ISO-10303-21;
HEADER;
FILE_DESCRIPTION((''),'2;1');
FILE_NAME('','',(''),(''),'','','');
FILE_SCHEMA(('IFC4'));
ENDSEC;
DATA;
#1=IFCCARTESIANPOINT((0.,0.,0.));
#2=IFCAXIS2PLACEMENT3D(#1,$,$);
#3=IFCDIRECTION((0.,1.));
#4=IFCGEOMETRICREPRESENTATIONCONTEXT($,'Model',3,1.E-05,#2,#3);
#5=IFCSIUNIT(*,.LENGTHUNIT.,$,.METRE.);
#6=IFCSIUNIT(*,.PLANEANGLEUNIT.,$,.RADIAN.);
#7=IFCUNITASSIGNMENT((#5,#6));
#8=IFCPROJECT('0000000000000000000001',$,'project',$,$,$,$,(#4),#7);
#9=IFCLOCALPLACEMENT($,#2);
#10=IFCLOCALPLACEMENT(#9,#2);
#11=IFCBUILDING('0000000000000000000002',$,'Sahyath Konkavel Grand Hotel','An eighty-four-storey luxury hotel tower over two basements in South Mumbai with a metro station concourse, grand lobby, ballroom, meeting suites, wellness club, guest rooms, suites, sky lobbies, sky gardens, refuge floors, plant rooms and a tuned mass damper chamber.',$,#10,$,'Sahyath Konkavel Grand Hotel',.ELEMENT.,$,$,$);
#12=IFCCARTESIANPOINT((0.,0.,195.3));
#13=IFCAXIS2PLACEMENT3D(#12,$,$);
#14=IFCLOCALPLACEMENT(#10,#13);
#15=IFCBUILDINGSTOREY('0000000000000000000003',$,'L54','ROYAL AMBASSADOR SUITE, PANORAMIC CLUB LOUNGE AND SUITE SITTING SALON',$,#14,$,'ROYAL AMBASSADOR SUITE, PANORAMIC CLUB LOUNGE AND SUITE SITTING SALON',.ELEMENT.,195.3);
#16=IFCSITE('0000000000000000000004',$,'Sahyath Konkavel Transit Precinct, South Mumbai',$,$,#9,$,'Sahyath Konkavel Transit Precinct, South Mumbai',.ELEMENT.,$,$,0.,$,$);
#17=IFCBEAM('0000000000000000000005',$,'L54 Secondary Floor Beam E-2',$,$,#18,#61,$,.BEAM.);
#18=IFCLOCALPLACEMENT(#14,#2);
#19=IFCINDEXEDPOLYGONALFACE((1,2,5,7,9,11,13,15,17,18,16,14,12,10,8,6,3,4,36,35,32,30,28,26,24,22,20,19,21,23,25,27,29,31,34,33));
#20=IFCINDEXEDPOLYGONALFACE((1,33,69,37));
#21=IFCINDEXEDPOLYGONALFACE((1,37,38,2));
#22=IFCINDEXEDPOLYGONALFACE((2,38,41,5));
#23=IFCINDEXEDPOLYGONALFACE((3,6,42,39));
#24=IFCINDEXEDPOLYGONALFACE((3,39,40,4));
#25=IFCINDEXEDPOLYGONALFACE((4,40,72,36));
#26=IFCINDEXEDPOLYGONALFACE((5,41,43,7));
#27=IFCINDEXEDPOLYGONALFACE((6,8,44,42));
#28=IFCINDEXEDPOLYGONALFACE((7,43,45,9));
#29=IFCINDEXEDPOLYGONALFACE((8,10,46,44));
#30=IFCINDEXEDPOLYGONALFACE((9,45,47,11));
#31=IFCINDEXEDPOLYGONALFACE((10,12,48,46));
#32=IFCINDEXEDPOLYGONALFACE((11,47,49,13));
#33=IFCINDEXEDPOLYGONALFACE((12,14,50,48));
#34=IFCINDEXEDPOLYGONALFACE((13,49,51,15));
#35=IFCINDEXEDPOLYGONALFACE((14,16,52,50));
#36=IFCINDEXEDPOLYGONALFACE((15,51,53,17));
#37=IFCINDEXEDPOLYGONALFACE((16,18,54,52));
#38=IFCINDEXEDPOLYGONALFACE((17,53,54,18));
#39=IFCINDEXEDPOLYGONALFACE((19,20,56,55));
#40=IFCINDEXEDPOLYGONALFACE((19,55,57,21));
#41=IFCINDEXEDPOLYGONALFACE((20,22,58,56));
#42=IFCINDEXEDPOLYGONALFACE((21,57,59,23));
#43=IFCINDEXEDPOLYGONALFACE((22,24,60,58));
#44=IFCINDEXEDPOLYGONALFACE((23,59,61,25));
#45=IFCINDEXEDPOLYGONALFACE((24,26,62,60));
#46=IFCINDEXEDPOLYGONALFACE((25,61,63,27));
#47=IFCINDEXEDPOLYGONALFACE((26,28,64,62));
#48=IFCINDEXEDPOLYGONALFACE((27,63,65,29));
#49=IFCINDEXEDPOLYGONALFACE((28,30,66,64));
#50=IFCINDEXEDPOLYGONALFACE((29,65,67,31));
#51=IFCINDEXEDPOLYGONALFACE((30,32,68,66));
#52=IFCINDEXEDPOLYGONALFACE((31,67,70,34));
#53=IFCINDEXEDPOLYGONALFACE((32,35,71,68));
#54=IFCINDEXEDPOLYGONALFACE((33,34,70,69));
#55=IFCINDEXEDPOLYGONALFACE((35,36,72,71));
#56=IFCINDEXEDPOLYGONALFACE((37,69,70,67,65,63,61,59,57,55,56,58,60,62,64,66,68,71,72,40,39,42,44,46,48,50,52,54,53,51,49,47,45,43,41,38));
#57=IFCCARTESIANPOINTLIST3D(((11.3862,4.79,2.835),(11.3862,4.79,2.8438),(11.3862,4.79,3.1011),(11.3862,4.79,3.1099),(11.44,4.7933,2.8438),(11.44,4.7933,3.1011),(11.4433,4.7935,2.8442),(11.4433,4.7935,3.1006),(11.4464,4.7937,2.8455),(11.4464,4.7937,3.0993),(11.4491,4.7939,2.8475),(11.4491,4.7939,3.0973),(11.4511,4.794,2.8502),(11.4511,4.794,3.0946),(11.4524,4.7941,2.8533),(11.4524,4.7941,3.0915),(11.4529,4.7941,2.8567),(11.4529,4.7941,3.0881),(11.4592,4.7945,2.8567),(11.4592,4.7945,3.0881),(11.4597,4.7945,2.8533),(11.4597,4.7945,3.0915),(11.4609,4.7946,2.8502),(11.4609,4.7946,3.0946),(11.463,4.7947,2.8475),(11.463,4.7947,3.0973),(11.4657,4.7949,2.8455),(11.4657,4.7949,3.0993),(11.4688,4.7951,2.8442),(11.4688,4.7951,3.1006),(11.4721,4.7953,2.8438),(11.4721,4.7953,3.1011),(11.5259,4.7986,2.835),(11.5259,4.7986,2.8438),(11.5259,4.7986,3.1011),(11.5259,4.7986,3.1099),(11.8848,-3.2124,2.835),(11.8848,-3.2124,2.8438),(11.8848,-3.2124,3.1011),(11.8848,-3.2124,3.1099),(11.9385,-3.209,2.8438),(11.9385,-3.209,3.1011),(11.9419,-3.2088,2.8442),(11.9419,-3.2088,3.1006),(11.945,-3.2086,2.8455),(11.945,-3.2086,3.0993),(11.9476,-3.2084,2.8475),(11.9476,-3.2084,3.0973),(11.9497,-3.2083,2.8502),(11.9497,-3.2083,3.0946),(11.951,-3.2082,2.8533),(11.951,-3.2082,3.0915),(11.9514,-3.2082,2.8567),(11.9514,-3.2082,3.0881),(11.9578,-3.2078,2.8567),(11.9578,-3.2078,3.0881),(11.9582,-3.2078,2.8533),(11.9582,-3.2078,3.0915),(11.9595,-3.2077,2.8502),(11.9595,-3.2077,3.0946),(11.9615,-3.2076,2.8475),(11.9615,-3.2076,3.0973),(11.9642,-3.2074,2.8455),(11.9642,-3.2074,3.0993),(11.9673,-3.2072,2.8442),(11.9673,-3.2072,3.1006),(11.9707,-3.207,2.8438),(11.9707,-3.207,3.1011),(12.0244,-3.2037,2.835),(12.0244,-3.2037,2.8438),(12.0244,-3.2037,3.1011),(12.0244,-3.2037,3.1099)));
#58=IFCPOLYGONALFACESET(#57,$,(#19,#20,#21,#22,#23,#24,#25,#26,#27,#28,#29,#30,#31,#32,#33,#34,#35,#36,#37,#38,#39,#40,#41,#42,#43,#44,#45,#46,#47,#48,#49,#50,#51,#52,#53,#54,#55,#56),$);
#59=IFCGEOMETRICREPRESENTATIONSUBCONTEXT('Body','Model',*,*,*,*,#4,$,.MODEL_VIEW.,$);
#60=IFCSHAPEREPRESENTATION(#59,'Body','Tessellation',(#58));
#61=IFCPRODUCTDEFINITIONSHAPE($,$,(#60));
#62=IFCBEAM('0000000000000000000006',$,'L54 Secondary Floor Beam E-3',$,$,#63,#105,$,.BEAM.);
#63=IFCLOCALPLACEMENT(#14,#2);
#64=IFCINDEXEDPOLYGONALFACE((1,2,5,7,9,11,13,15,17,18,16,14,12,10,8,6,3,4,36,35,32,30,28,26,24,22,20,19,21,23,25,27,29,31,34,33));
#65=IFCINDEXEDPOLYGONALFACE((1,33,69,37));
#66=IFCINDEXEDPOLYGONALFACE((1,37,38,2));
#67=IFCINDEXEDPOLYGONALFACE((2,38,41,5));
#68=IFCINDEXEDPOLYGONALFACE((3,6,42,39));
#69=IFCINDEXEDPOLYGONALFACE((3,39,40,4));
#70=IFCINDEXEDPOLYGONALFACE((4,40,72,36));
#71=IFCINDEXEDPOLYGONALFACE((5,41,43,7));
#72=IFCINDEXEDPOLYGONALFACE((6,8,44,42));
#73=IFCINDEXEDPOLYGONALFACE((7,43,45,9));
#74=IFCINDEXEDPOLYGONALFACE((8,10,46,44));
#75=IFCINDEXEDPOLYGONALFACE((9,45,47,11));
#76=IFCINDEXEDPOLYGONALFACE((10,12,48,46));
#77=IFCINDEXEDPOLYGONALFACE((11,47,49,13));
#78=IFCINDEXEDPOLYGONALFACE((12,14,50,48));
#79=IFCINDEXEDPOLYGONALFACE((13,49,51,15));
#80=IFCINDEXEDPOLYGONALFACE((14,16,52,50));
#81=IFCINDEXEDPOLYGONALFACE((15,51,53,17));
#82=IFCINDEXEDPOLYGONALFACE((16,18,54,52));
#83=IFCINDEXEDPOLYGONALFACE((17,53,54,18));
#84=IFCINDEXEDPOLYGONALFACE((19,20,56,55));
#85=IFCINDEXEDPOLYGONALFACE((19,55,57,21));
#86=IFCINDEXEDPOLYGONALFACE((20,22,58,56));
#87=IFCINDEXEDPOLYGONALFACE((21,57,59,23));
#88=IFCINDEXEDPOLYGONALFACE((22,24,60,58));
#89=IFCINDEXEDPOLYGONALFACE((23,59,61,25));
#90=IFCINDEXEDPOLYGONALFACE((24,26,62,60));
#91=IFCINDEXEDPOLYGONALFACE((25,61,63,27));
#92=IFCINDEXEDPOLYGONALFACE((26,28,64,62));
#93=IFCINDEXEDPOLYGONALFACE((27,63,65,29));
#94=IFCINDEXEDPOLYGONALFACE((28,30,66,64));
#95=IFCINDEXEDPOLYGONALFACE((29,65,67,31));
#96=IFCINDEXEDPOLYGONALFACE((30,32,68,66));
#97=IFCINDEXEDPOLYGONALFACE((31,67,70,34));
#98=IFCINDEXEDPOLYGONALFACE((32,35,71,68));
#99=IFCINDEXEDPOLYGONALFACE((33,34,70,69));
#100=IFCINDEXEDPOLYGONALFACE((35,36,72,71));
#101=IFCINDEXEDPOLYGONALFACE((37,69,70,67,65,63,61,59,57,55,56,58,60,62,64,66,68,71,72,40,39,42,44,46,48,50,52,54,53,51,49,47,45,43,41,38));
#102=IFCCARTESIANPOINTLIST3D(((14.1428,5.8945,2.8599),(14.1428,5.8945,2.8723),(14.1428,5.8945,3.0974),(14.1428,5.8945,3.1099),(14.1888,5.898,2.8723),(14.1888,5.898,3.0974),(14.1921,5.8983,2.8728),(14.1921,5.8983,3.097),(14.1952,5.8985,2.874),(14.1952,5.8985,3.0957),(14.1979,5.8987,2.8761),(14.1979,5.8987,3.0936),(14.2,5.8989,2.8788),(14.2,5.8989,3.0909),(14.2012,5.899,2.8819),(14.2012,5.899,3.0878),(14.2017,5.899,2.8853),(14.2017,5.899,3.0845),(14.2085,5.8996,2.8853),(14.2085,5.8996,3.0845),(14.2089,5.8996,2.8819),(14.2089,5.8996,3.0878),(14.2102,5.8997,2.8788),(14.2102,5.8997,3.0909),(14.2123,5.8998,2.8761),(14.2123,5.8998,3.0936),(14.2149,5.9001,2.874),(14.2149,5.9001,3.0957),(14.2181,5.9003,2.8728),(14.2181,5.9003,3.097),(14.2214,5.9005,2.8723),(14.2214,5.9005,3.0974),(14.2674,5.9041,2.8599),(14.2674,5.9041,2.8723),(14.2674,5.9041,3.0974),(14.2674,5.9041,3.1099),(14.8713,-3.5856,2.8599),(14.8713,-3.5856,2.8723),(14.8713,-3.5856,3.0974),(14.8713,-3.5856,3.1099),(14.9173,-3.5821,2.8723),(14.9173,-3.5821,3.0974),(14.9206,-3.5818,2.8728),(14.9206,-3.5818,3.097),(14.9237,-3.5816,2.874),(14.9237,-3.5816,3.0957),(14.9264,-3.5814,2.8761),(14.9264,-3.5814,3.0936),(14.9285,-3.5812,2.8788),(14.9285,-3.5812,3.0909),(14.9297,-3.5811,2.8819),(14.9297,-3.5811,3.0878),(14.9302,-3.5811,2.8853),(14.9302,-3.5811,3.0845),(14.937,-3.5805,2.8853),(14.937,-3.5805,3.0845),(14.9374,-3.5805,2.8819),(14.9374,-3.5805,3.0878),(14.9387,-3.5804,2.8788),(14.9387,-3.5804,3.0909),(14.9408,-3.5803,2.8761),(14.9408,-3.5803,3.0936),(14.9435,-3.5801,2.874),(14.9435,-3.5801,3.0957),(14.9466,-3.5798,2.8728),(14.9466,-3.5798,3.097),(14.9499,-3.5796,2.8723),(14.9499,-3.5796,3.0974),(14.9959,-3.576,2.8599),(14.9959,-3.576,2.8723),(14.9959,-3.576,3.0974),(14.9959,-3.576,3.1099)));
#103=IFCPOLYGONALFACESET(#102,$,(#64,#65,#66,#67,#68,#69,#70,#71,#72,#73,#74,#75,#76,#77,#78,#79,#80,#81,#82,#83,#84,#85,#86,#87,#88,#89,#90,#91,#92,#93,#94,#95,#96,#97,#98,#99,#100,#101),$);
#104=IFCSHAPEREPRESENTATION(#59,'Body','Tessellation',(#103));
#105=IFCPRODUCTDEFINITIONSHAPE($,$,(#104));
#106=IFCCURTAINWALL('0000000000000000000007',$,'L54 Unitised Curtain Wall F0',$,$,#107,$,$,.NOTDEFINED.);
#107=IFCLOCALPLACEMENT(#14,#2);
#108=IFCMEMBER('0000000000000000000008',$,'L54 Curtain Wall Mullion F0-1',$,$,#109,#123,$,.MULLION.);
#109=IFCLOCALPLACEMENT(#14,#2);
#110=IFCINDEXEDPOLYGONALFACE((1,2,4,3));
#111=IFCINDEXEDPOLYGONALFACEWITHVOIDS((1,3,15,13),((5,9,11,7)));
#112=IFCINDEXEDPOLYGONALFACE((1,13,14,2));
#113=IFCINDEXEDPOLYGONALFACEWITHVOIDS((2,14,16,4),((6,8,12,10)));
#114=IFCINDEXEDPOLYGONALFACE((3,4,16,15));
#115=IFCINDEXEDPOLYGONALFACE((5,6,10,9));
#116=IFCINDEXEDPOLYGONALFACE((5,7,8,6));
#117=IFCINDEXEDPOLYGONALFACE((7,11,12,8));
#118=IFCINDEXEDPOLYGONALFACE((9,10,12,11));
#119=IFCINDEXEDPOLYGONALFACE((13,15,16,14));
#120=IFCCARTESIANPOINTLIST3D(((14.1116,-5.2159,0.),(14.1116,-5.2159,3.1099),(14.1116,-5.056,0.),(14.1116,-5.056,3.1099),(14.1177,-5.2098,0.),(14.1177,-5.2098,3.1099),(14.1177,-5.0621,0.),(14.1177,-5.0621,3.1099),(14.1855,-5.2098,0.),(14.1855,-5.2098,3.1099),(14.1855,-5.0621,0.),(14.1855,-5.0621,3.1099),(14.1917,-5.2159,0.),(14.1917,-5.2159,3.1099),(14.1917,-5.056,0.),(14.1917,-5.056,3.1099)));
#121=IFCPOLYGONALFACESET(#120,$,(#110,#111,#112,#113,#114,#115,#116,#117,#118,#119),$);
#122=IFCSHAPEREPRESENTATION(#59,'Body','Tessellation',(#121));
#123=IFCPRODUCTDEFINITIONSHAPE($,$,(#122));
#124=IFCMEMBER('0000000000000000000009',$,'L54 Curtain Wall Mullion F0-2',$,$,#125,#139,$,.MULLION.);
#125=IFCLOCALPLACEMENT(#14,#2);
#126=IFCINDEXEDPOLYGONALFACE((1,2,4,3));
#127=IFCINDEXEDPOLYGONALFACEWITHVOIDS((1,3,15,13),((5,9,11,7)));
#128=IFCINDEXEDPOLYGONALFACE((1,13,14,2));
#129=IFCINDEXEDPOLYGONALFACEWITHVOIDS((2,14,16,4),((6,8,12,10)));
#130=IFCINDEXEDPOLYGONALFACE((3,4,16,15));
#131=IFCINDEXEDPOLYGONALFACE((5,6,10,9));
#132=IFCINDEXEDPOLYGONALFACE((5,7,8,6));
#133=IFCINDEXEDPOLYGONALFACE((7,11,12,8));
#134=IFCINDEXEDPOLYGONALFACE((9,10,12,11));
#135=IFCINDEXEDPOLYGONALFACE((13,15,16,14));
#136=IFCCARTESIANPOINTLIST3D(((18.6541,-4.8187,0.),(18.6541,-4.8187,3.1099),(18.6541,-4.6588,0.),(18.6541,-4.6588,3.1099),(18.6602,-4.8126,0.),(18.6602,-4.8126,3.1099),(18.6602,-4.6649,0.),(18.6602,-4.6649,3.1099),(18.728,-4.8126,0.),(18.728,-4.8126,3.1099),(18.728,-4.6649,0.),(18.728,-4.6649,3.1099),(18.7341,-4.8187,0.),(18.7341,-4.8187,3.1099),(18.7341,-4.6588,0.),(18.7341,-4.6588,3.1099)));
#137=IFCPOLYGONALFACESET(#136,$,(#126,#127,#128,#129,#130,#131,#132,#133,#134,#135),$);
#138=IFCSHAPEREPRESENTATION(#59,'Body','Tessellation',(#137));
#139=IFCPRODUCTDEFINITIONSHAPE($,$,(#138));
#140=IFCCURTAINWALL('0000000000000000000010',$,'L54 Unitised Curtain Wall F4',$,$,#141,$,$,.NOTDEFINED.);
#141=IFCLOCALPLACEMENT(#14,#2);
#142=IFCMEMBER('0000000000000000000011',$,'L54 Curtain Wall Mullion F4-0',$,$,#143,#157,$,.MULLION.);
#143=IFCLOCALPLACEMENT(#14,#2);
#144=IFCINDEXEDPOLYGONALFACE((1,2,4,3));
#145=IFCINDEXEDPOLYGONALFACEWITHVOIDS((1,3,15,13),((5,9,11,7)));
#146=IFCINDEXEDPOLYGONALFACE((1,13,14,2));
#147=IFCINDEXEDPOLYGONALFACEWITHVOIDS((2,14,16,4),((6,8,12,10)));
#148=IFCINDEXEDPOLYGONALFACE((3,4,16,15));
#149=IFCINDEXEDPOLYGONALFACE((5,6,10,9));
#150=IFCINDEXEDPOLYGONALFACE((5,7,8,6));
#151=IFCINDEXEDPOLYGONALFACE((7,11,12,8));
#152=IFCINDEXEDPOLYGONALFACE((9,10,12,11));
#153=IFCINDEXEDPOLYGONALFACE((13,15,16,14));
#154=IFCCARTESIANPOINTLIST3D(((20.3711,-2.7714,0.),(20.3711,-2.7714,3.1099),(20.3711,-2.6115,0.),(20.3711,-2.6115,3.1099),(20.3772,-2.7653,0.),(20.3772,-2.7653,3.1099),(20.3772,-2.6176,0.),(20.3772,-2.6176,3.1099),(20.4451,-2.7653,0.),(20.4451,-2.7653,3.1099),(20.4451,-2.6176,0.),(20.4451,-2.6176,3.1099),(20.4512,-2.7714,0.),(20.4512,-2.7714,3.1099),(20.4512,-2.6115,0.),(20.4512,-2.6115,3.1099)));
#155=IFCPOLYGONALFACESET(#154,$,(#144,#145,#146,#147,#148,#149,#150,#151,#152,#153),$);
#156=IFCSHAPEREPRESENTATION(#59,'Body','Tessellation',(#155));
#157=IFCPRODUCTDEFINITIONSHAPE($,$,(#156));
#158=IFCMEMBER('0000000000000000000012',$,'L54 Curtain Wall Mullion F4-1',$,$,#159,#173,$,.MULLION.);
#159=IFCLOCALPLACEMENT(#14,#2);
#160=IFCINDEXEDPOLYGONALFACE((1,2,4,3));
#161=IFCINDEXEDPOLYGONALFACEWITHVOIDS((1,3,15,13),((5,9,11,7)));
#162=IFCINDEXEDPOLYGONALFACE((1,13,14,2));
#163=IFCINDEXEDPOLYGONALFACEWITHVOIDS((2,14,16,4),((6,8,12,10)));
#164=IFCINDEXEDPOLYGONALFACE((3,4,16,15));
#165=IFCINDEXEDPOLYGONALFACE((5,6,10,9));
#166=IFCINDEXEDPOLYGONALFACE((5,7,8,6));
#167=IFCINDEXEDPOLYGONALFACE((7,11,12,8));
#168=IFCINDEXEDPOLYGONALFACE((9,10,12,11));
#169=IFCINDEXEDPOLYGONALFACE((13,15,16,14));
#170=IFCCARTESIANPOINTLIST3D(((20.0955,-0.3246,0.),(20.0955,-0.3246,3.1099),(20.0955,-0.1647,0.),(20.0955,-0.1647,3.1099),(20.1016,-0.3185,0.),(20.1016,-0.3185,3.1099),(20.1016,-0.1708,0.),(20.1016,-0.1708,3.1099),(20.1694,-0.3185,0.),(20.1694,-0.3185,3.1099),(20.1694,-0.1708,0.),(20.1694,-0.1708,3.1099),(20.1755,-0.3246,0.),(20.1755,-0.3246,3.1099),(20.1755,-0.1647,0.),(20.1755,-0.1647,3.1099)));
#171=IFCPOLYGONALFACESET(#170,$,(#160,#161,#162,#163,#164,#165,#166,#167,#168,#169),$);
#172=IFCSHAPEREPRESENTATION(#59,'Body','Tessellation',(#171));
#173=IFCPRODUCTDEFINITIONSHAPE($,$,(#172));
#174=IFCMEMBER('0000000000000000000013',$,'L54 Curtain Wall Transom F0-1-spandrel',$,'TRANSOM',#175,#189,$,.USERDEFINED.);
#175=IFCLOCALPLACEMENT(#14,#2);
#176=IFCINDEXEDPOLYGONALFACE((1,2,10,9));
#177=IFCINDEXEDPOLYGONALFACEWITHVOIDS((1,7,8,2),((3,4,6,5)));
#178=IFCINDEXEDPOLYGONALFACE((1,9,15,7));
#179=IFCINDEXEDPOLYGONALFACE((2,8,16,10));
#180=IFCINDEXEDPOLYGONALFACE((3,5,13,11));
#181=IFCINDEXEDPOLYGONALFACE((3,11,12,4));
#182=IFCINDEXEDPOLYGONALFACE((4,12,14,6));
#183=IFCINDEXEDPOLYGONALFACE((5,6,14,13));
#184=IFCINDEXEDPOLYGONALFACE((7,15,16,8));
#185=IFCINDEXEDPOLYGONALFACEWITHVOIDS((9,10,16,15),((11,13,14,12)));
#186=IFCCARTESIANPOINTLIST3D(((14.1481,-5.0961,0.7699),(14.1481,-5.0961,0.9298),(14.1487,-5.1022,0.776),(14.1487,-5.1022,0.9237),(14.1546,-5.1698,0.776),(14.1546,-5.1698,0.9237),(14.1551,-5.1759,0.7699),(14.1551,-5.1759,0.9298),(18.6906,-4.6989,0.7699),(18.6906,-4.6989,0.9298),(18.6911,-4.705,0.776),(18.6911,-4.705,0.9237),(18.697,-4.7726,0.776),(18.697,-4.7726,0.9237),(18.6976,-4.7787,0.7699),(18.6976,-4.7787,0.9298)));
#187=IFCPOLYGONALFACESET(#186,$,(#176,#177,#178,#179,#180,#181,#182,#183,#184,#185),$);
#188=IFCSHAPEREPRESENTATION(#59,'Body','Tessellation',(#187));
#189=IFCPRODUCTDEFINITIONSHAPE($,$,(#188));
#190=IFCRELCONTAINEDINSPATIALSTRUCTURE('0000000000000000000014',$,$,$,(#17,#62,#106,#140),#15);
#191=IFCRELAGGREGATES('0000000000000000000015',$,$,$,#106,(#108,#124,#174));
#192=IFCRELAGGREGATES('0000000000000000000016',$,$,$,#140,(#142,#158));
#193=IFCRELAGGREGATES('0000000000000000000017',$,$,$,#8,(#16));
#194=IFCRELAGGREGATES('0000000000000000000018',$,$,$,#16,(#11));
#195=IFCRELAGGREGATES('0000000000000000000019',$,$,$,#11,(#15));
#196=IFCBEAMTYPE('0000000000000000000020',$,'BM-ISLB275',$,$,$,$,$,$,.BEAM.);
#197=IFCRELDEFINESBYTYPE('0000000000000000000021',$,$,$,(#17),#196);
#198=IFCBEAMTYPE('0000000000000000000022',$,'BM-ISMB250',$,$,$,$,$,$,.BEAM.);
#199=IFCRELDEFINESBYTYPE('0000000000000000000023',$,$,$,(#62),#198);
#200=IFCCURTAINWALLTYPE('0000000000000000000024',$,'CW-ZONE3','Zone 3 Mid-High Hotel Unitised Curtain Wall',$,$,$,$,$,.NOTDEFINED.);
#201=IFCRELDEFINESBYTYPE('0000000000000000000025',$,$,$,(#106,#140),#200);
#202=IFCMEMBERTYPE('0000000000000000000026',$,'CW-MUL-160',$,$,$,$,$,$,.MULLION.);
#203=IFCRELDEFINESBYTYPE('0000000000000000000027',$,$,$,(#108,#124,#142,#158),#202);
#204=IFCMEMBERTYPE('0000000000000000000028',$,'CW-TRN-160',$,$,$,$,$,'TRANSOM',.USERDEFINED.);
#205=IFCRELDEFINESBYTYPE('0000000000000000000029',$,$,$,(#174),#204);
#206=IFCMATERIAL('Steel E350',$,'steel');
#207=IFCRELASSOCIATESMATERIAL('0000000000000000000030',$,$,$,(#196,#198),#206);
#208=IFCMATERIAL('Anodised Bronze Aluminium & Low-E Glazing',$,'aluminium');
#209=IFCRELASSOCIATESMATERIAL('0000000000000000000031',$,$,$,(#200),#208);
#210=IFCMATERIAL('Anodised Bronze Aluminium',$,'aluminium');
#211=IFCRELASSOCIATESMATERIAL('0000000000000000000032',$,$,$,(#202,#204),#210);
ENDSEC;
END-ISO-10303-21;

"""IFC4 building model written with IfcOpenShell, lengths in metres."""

from ifc_helpers import new_model, si_unit, direction, frame, origin, origin_2d, place, context, subcontext, project, spatial, hollow_rectangle, i_section, extrude, source, transform, mapped, material, material_profile, profile_set, type_object, element, aggregate, save


model = new_model("IFC4")

# Units and contexts
model_context = context("Model", 3, precision=1e-05, world=origin(), true_north=direction((0.0, 1.0)))
body_context = subcontext(model_context, "Body", "Model", "MODEL_VIEW")
ifc_project = project(units=[si_unit("LENGTHUNIT", "METRE"), si_unit("PLANEANGLEUNIT", "RADIAN")], contexts=[model_context])

# Site, building, storey
site_placement = place(None, origin())
site = spatial("IfcSite", under=ifc_project, at=site_placement, Name="Sahyath Konkavel Transit Precinct, South Mumbai", LongName="Sahyath Konkavel Transit Precinct, South Mumbai", CompositionType="ELEMENT", RefElevation=0.0)
building_placement = place(site_placement, origin())
building = spatial("IfcBuilding", under=site, at=building_placement, Name="Sahyath Konkavel Grand Hotel", Description="An eighty-four-storey luxury hotel tower over two basements in South Mumbai with a metro station concourse, grand lobby, ballroom, meeting suites, wellness club, guest rooms, suites, sky lobbies, sky gardens, refuge floors, plant rooms and a tuned mass damper chamber.", LongName="Sahyath Konkavel Grand Hotel", CompositionType="ELEMENT")
storey_placement = place(building_placement, frame((0.0, 0.0, 195.3)))
storey = spatial("IfcBuildingStorey", under=building, at=storey_placement, Name="L54", Description="ROYAL AMBASSADOR SUITE, PANORAMIC CLUB LOUNGE AND SUITE SITTING SALON", LongName="ROYAL AMBASSADOR SUITE, PANORAMIC CLUB LOUNGE AND SUITE SITTING SALON", CompositionType="ELEMENT", Elevation=195.3)

# Beams
ifc_material_1 = material(Name="Steel E350", Category="steel")
ifc_material_profile_1 = material_profile(ifc_material_1, i_section(OverallWidth=0.1399, OverallDepth=0.2749, WebThickness=0.0063, FlangeThickness=0.0088, FilletRadius=0.0129, at=origin_2d()), Name="ISLB 275")
ifc_profile_set_1 = profile_set([ifc_material_profile_1], Name="Steel E350")
beam_type_1 = type_object("IfcBeamType", Name="BM-ISLB275", PredefinedType="BEAM", material=ifc_profile_set_1)
shared_shape_1 = source(origin(), body_context, "Body", "SweptSolid", [
    extrude(i_section(OverallWidth=0.1399, OverallDepth=0.2749, WebThickness=0.0063, FlangeThickness=0.0088, FilletRadius=0.0129, at=origin_2d()), origin(), (0.0, 0.0, 1.0), 8.0178),
])
beam_1_placement = place(storey_placement, frame((11.9546, -3.208, 2.9724), z_axis=(-0.062179, 0.998065, 0.0), x_axis=(-0.998065, -0.062179, 0.0)))
element("IfcBeam", 1, at=beam_1_placement, inside=storey, type_object=beam_type_1, Name="L54 Secondary Floor Beam E-2", PredefinedType="BEAM", context=body_context, shape_type="MappedRepresentation", body=[
    mapped(shared_shape_1, transform((0.0, 0.0, 0.0), scale=1.0)),
])
ifc_material_profile_2 = material_profile(ifc_material_1, i_section(OverallWidth=0.125, OverallDepth=0.25, WebThickness=0.0068, FlangeThickness=0.0125, FilletRadius=0.0129, at=origin_2d()), Name="ISMB 250")
ifc_profile_set_2 = profile_set([ifc_material_profile_2], Name="Steel E350")
beam_type_2 = type_object("IfcBeamType", Name="BM-ISMB250", PredefinedType="BEAM", material=ifc_profile_set_2)
shared_shape_2 = source(origin(), body_context, "Body", "SweptSolid", [
    extrude(i_section(OverallWidth=0.125, OverallDepth=0.25, WebThickness=0.0068, FlangeThickness=0.0125, FilletRadius=0.0129, at=origin_2d()), origin(), (0.0, 0.0, 1.0), 9.5081),
])
beam_2_placement = place(storey_placement, frame((14.9336, -3.5808, 2.9849), z_axis=(-0.07662, 0.99706, 0.0), x_axis=(-0.99706, -0.07662, 0.0)))
element("IfcBeam", 2, at=beam_2_placement, inside=storey, type_object=beam_type_2, Name="L54 Secondary Floor Beam E-3", PredefinedType="BEAM", context=body_context, shape_type="MappedRepresentation", body=[
    mapped(shared_shape_2, transform((0.0, 0.0, 0.0), scale=1.0)),
])

# Curtain walls, members
ifc_material_2 = material(Name="Anodised Bronze Aluminium & Low-E Glazing", Category="aluminium")
curtain_wall_type = type_object("IfcCurtainWallType", Name="CW-ZONE3", Description="Zone 3 Mid-High Hotel Unitised Curtain Wall", PredefinedType="NOTDEFINED", material=ifc_material_2)
curtain_wall_1_placement = place(storey_placement, origin())
curtain_wall_1 = element("IfcCurtainWall", 3, at=curtain_wall_1_placement, inside=storey, type_object=curtain_wall_type, Name="L54 Unitised Curtain Wall F0", PredefinedType="NOTDEFINED")
ifc_material_3 = material(Name="Anodised Bronze Aluminium", Category="aluminium")
ifc_material_profile_3 = material_profile(ifc_material_3, hollow_rectangle(XDim=0.0801, YDim=0.1599, WallThickness=0.0061, at=origin_2d()), Name="RHS 160x80x6")
ifc_profile_set_3 = profile_set([ifc_material_profile_3], Name="Anodised Bronze Aluminium")
member_type_1 = type_object("IfcMemberType", Name="CW-MUL-160", PredefinedType="MULLION", material=ifc_profile_set_3)
shared_shape_3 = source(origin(), body_context, "Body", "SweptSolid", [
    extrude(hollow_rectangle(XDim=0.0801, YDim=0.1599, WallThickness=0.0061, at=origin_2d()), origin(), (0.0, 0.0, 1.0), 3.1099),
])
member_1_placement = place(storey_placement, frame((14.1516, -5.136, 0.0), z_axis=(0.0, 0.0, 1.0), x_axis=(1.0, 0.0, 0.0)))
member_1 = element("IfcMember", 4, at=member_1_placement, type_object=member_type_1, Name="L54 Curtain Wall Mullion F0-1", PredefinedType="MULLION", context=body_context, shape_type="MappedRepresentation", body=[
    mapped(shared_shape_3, transform((0.0, 0.0, 0.0), scale=1.0)),
])
member_2_placement = place(storey_placement, frame((18.6941, -4.7388, 0.0), z_axis=(0.0, 0.0, 1.0), x_axis=(1.0, 0.0, 0.0)))
member_2 = element("IfcMember", 5, at=member_2_placement, type_object=member_type_1, Name="L54 Curtain Wall Mullion F0-2", PredefinedType="MULLION", context=body_context, shape_type="MappedRepresentation", body=[
    mapped(shared_shape_3, transform((0.0, 0.0, 0.0), scale=1.0)),
])
curtain_wall_2_placement = place(storey_placement, origin())
curtain_wall_2 = element("IfcCurtainWall", 6, at=curtain_wall_2_placement, inside=storey, type_object=curtain_wall_type, Name="L54 Unitised Curtain Wall F4", PredefinedType="NOTDEFINED")
member_3_placement = place(storey_placement, frame((20.4111, -2.6914, 0.0), z_axis=(0.0, 0.0, 1.0), x_axis=(1.0, 0.0, 0.0)))
member_3 = element("IfcMember", 7, at=member_3_placement, type_object=member_type_1, Name="L54 Curtain Wall Mullion F4-0", PredefinedType="MULLION", context=body_context, shape_type="MappedRepresentation", body=[
    mapped(shared_shape_3, transform((0.0, 0.0, 0.0), scale=1.0)),
])
member_4_placement = place(storey_placement, frame((20.1355, -0.2446, 0.0), z_axis=(0.0, 0.0, 1.0), x_axis=(1.0, 0.0, 0.0)))
member_4 = element("IfcMember", 8, at=member_4_placement, type_object=member_type_1, Name="L54 Curtain Wall Mullion F4-1", PredefinedType="MULLION", context=body_context, shape_type="MappedRepresentation", body=[
    mapped(shared_shape_3, transform((0.0, 0.0, 0.0), scale=1.0)),
])

# Member
ifc_material_profile_4 = material_profile(ifc_material_3, hollow_rectangle(XDim=0.0801, YDim=0.1599, WallThickness=0.0061, at=origin_2d()), Name="RHS 160x80x6")
ifc_profile_set_4 = profile_set([ifc_material_profile_4], Name="Anodised Bronze Aluminium")
member_type_2 = type_object("IfcMemberType", Name="CW-TRN-160", ElementType="TRANSOM", PredefinedType="USERDEFINED", material=ifc_profile_set_4)
shared_shape_4 = source(origin(), body_context, "Body", "SweptSolid", [
    extrude(hollow_rectangle(XDim=0.0801, YDim=0.1599, WallThickness=0.0061, at=origin_2d()), origin(), (0.0, 0.0, 1.0), 4.5598),
])
member_5_placement = place(storey_placement, frame((14.1516, -5.136, 0.8499), z_axis=(0.996198, 0.087112, 0.0), x_axis=(-0.087112, 0.996198, 0.0)))
member_5 = element("IfcMember", 9, at=member_5_placement, type_object=member_type_2, Name="L54 Curtain Wall Transom F0-1-spandrel", ObjectType="TRANSOM", PredefinedType="USERDEFINED", context=body_context, shape_type="MappedRepresentation", body=[
    mapped(shared_shape_4, transform((0.0, 0.0, 0.0), scale=1.0)),
])

aggregate(curtain_wall_1, [member_1, member_2, member_5])
aggregate(curtain_wall_2, [member_3, member_4])

save(model, "model.ifc")
